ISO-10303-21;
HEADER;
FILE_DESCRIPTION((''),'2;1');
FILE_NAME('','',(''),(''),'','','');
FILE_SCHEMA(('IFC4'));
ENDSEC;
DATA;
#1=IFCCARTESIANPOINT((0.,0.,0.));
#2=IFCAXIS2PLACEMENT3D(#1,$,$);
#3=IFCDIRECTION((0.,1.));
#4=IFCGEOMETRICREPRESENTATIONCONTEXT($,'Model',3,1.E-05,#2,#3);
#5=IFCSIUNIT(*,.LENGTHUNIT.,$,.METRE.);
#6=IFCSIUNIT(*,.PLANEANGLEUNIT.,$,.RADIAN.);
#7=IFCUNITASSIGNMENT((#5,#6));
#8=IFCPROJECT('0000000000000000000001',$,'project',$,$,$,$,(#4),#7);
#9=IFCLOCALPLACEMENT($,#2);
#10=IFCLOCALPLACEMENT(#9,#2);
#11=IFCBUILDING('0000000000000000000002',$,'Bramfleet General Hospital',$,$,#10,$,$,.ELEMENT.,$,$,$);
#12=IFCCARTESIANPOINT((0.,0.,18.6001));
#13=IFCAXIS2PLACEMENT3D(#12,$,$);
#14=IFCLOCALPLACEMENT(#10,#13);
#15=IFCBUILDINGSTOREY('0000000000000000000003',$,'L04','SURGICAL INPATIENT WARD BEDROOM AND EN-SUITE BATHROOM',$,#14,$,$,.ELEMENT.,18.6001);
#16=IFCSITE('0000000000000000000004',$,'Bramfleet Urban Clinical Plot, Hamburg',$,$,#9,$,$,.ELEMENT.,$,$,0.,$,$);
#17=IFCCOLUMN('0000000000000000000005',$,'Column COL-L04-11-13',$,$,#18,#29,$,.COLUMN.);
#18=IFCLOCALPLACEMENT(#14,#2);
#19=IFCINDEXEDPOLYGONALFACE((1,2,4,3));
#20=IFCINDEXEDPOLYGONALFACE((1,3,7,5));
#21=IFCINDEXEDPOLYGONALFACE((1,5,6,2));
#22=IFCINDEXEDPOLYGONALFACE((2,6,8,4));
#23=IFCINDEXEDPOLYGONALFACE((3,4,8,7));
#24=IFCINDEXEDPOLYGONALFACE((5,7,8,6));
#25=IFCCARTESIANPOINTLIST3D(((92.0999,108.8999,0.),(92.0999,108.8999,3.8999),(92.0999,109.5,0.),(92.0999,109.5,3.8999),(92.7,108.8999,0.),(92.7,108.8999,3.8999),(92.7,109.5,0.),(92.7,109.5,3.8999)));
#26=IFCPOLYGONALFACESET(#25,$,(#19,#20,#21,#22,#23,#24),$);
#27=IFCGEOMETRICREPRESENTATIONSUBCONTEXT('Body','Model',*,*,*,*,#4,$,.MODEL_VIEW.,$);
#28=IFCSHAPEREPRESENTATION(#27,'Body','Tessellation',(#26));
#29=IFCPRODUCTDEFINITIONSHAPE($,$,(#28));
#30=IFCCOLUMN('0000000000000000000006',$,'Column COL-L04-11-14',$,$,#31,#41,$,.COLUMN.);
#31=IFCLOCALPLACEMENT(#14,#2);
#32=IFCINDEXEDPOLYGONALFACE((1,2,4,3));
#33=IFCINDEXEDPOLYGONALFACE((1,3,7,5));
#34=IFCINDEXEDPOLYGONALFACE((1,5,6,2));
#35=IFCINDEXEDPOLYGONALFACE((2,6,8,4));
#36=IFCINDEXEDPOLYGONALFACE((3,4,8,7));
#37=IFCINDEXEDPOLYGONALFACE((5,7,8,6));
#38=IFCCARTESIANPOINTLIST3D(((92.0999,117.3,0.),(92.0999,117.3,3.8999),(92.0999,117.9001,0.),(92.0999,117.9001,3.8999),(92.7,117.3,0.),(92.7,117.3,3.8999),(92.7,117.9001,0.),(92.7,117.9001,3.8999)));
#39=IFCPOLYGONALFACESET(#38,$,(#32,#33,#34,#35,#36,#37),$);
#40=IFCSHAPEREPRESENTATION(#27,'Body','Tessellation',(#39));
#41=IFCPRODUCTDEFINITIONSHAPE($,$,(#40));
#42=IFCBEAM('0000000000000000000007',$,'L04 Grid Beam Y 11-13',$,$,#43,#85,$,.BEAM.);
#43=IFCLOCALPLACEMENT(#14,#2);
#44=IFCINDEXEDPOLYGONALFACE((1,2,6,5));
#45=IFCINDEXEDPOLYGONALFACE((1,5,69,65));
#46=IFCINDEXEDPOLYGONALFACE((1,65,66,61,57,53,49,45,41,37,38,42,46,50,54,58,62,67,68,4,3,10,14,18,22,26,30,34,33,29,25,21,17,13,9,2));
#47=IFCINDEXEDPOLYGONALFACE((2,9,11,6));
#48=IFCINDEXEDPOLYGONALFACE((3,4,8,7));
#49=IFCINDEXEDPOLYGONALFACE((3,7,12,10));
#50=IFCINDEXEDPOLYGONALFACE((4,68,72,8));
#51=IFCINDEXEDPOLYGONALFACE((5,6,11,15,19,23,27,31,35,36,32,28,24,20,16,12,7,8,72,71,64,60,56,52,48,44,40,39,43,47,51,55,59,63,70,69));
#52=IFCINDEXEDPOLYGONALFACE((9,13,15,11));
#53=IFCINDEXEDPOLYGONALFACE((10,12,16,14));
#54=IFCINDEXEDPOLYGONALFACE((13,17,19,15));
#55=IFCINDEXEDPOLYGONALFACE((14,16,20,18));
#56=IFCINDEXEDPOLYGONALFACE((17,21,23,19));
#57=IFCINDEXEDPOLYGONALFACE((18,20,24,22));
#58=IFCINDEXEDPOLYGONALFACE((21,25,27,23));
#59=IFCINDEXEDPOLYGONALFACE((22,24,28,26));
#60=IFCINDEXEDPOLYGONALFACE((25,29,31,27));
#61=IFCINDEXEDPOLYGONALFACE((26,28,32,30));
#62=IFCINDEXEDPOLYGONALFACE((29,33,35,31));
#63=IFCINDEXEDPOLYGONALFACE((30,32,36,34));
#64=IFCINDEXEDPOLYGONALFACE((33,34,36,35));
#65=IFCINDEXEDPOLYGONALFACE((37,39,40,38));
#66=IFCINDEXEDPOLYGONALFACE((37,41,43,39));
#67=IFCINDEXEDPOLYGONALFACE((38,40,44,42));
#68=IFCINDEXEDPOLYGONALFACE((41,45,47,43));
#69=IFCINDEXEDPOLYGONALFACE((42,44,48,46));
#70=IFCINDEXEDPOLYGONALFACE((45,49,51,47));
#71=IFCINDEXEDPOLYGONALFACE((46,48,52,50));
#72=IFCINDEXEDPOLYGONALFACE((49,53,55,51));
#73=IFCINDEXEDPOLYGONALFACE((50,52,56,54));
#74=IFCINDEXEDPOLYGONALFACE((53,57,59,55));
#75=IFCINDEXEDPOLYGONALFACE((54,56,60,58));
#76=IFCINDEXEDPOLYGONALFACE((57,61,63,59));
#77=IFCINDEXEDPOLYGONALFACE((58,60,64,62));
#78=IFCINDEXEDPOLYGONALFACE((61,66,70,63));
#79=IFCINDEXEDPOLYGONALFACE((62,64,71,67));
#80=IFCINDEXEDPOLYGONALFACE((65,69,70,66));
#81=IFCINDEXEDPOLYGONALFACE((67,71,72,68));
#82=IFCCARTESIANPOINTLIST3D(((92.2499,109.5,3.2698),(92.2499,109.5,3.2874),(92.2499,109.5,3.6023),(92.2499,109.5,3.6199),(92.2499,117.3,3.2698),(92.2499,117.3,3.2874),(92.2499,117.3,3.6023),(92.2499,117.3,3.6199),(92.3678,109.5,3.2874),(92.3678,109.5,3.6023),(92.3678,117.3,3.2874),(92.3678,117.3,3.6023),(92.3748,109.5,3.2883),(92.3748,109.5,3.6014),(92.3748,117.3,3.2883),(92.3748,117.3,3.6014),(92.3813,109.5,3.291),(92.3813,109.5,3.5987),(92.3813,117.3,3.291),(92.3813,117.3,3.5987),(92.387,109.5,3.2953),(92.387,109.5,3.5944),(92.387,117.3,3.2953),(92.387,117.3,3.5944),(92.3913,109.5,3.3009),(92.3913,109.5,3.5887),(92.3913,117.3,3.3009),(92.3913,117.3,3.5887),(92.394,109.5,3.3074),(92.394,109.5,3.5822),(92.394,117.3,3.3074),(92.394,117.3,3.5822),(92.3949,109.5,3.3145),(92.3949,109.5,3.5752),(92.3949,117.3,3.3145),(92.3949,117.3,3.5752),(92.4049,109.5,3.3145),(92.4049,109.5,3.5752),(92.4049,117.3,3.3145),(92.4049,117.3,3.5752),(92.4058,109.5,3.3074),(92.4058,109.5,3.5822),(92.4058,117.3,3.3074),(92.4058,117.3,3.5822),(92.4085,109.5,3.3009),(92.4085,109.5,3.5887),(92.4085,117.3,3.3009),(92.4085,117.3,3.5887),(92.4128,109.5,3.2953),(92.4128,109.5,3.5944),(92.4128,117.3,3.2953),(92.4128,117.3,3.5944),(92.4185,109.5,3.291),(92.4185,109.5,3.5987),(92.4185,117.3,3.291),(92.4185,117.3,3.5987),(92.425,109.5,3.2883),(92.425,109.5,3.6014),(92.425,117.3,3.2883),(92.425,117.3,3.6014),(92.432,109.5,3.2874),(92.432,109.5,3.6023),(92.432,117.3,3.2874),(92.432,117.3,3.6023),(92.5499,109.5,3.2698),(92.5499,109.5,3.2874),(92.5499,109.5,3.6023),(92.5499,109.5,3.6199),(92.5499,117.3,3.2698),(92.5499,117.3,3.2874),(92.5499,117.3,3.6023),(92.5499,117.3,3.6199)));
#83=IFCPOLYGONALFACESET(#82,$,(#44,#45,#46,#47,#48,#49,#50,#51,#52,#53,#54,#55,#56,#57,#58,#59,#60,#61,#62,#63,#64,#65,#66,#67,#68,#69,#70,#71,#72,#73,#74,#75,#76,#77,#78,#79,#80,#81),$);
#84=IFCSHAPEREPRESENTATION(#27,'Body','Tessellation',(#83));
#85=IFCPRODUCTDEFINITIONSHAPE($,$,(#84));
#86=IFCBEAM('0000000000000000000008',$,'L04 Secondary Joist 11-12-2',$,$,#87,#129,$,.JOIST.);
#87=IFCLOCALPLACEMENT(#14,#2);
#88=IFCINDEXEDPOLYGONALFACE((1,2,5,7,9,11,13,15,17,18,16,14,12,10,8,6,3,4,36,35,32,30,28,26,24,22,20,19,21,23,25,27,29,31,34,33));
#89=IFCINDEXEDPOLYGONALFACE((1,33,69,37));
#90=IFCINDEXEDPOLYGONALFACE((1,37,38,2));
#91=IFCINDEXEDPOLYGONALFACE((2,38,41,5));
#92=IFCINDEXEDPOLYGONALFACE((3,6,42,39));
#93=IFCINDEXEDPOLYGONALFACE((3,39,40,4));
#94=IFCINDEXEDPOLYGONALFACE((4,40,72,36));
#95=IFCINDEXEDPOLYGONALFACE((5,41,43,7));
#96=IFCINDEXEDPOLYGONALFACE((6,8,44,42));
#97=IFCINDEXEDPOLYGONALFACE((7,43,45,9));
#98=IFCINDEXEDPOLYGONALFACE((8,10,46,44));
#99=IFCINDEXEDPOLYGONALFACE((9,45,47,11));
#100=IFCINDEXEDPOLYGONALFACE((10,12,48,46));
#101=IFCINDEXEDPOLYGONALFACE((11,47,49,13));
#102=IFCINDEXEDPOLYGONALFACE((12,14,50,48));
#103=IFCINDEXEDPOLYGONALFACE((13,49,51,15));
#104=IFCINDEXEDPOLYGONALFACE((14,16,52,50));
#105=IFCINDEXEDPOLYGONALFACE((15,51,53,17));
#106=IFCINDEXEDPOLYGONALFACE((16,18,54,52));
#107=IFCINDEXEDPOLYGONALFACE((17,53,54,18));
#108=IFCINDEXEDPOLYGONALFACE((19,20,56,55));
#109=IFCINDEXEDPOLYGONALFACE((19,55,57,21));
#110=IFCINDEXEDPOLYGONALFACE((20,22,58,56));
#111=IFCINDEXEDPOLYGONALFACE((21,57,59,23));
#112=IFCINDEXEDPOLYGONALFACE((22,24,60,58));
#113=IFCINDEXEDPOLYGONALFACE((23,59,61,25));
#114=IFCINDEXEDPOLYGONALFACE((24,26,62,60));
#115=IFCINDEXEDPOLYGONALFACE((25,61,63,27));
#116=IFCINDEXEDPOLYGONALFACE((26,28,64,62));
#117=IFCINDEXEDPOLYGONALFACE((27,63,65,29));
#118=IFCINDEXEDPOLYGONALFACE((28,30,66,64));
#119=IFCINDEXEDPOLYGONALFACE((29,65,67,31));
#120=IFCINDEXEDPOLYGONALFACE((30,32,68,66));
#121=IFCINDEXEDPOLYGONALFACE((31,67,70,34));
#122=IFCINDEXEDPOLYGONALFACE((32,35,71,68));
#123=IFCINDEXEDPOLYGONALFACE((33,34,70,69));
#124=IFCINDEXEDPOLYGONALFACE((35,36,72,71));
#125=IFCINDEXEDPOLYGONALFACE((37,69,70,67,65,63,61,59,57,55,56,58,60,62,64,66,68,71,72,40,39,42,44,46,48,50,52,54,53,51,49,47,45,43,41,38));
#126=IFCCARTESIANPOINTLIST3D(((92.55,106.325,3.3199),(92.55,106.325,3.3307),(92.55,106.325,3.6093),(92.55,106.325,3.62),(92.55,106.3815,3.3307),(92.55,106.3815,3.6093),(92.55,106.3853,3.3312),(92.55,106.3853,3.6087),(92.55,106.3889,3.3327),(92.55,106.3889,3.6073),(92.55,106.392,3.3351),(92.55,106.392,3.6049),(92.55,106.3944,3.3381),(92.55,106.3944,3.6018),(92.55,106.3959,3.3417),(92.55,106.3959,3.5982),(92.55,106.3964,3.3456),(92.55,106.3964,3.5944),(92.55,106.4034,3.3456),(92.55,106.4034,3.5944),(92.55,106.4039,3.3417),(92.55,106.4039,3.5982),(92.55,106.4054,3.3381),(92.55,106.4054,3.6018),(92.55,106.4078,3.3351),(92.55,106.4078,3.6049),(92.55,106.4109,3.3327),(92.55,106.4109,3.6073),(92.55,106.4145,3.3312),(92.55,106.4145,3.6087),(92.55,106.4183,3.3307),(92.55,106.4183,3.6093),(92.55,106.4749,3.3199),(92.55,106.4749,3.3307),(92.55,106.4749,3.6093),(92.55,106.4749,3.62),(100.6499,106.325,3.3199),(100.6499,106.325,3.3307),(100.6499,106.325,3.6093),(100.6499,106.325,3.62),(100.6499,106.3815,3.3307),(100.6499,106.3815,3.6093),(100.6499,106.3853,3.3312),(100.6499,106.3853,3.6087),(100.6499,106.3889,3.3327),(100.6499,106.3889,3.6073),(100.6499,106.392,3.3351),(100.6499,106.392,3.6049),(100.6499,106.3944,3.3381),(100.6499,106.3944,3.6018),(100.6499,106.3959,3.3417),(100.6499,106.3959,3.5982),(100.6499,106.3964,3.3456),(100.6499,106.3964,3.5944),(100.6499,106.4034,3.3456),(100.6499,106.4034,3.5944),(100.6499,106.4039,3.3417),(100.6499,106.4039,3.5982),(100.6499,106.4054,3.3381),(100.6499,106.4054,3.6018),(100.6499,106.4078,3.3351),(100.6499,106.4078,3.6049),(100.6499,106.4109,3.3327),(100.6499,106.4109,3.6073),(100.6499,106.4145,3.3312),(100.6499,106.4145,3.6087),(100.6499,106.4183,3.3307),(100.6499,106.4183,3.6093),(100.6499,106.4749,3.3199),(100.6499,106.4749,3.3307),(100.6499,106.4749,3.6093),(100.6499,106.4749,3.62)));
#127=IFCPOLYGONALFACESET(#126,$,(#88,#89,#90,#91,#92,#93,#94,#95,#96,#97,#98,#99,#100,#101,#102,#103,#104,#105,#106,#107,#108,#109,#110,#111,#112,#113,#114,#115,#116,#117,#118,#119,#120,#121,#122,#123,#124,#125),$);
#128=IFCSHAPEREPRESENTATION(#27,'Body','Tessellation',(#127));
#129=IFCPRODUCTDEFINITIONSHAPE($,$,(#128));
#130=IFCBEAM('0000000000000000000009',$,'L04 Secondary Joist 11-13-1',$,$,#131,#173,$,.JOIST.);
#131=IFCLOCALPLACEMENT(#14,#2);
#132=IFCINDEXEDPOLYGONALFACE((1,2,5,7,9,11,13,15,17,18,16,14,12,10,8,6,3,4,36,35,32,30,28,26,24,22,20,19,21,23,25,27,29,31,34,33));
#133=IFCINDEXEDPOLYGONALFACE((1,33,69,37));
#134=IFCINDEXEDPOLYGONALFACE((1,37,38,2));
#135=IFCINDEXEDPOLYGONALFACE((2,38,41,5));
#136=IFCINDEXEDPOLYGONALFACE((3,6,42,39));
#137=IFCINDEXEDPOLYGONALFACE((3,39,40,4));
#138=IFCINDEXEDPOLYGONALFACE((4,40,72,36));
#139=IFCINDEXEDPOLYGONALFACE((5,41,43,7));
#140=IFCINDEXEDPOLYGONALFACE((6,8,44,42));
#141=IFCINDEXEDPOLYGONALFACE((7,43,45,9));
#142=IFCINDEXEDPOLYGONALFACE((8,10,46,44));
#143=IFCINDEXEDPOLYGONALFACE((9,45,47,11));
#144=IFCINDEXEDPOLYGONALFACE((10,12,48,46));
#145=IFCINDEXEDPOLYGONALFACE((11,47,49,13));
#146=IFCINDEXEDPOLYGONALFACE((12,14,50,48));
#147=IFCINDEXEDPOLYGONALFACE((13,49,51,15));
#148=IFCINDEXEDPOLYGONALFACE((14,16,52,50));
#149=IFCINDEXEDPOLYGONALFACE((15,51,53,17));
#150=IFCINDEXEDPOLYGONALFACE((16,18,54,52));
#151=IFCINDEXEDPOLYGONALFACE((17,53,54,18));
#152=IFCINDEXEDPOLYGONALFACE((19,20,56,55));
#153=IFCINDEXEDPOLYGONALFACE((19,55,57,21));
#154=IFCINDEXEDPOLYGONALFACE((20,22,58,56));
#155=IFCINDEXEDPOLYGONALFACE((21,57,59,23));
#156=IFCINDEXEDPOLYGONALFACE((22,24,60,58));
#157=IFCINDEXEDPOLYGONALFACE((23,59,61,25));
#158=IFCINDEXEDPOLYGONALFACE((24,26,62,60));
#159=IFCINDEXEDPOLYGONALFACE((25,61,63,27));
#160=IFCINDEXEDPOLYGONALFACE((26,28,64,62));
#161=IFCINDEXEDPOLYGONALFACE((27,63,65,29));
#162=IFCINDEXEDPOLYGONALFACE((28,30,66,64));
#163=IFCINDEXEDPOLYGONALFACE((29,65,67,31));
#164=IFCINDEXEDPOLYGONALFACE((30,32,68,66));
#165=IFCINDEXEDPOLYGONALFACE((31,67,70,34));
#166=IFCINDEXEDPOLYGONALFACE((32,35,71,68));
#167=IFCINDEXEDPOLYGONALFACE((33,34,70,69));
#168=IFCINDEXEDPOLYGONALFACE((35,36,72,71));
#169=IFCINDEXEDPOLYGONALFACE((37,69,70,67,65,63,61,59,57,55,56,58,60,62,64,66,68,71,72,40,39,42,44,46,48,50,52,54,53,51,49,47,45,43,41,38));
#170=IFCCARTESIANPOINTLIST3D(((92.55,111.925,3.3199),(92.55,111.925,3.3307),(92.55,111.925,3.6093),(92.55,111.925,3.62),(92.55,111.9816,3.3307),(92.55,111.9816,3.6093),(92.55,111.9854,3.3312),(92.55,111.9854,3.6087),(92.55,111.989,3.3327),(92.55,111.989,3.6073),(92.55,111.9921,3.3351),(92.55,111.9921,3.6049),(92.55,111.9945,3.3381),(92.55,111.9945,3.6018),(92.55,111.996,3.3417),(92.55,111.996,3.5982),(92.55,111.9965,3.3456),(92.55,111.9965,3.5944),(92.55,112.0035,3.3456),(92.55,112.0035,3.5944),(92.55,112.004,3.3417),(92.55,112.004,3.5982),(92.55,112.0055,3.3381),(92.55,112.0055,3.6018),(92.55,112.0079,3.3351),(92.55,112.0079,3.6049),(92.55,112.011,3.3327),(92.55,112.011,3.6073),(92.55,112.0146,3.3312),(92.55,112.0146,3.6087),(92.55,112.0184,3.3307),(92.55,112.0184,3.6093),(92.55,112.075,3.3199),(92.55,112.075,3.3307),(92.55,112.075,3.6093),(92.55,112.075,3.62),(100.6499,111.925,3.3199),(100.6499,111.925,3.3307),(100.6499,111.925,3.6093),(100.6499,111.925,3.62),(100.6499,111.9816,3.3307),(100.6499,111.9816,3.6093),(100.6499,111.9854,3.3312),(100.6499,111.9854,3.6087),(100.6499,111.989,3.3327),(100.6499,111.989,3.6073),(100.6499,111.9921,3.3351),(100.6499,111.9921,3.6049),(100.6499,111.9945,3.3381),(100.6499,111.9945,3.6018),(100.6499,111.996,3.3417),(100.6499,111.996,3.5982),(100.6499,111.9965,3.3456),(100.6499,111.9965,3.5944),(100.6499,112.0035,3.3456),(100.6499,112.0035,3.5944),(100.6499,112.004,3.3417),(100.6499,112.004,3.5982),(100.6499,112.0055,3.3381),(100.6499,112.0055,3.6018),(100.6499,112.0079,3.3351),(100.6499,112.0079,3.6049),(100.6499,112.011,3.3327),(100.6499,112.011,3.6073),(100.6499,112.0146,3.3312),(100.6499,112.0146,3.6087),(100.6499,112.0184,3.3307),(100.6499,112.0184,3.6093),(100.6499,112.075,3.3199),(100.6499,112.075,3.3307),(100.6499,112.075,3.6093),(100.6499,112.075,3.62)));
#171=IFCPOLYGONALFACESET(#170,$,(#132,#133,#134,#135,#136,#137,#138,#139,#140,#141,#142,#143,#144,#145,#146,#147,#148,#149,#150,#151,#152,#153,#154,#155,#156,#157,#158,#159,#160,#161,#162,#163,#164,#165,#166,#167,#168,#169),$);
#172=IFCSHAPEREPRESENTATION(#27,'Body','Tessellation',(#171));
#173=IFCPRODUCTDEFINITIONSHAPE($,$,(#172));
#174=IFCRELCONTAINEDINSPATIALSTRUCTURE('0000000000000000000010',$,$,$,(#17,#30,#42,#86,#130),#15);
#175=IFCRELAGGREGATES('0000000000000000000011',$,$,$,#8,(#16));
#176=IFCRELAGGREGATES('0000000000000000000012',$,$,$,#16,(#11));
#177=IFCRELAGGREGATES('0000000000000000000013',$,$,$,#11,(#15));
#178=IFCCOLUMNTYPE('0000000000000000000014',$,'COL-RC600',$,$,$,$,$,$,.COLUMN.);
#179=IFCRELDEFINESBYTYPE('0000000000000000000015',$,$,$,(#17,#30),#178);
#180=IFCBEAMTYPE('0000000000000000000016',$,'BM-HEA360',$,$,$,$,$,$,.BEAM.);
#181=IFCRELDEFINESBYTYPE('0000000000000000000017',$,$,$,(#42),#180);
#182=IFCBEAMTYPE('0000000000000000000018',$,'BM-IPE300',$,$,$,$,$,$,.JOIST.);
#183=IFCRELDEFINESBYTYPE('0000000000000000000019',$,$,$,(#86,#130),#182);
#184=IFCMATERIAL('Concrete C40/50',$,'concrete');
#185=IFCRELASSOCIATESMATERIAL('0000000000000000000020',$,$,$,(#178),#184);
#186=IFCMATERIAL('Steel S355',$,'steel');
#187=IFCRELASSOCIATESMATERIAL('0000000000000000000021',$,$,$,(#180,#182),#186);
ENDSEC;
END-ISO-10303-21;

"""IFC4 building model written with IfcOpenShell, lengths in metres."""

from ifc_helpers import new_model, si_unit, direction, frame, origin, origin_2d, place, context, subcontext, project, spatial, rectangle, i_section, extrude, material, material_profile, profile_set, type_object, element, save


model = new_model("IFC4")

# Units and contexts
model_context = context("Model", 3, precision=1e-05, world=origin(), true_north=direction((0.0, 1.0)))
body_context = subcontext(model_context, "Body", "Model", "MODEL_VIEW")
ifc_project = project(units=[si_unit("LENGTHUNIT", "METRE"), si_unit("PLANEANGLEUNIT", "RADIAN")], contexts=[model_context])

# Site, building, storey
site_placement = place(None, origin())
site = spatial("IfcSite", under=ifc_project, at=site_placement, Name="Bramfleet Urban Clinical Plot, Hamburg", CompositionType="ELEMENT", RefElevation=0.0)
building_placement = place(site_placement, origin())
building = spatial("IfcBuilding", under=site, at=building_placement, Name="Bramfleet General Hospital", CompositionType="ELEMENT")
storey_placement = place(building_placement, frame((0.0, 0.0, 18.6001)))
storey = spatial("IfcBuildingStorey", under=building, at=storey_placement, Name="L04", Description="SURGICAL INPATIENT WARD BEDROOM AND EN-SUITE BATHROOM", CompositionType="ELEMENT", Elevation=18.6001)

# Columns
ifc_material_1 = material(Name="Concrete C40/50", Category="concrete")
ifc_material_profile_1 = material_profile(ifc_material_1, rectangle(XDim=0.6001, YDim=0.6001, at=origin_2d()), Name="RC COL 600x600")
ifc_profile_set_1 = profile_set([ifc_material_profile_1], Name="Concrete C40/50")
column_type = type_object("IfcColumnType", Name="COL-RC600", PredefinedType="COLUMN", material=ifc_profile_set_1)
for number, where, z_axis, x_axis, name in (
    (1, (92.3999, 109.2, 0.0), (0.0, 0.0, 1.0), (1.0, 0.0, 0.0), "Column COL-L04-11-13"),
    (2, (92.3999, 117.6001, 0.0), (0.0, 0.0, 1.0), (1.0, 0.0, 0.0), "Column COL-L04-11-14"),
):
    element("IfcColumn", number, at=place(storey_placement, frame(where, z_axis=z_axis, x_axis=x_axis)), inside=storey, type_object=column_type, Name=name, PredefinedType="COLUMN", context=body_context, shape_type="SweptSolid", body=[
        extrude(rectangle(XDim=0.6001, YDim=0.6001, at=origin_2d()), origin(), (0.0, 0.0, 1.0), 3.8999),
    ])

# Beams
ifc_material_2 = material(Name="Steel S355", Category="steel")
ifc_material_profile_2 = material_profile(ifc_material_2, i_section(OverallWidth=0.3, OverallDepth=0.3501, WebThickness=0.01, FlangeThickness=0.0176, FilletRadius=0.0271, at=origin_2d()), Name="HEA 360")
ifc_profile_set_2 = profile_set([ifc_material_profile_2], Name="Steel S355")
beam_type_1 = type_object("IfcBeamType", Name="BM-HEA360", PredefinedType="BEAM", material=ifc_profile_set_2)
beam_1_placement = place(storey_placement, frame((92.3999, 109.5, 3.4448), z_axis=(0.0, 1.0, 0.0), x_axis=(-1.0, 0.0, 0.0)))
element("IfcBeam", 3, at=beam_1_placement, inside=storey, type_object=beam_type_1, Name="L04 Grid Beam Y 11-13", PredefinedType="BEAM", context=body_context, shape_type="SweptSolid", body=[
    extrude(i_section(OverallWidth=0.3, OverallDepth=0.3501, WebThickness=0.01, FlangeThickness=0.0176, FilletRadius=0.0271, at=origin_2d()), origin(), (0.0, 0.0, 1.0), 7.8),
])
ifc_material_profile_3 = material_profile(ifc_material_2, i_section(OverallWidth=0.1499, OverallDepth=0.3, WebThickness=0.0071, FlangeThickness=0.0107, FilletRadius=0.0149, at=origin_2d()), Name="IPE 300")
ifc_profile_set_3 = profile_set([ifc_material_profile_3], Name="Steel S355")
beam_type_2 = type_object("IfcBeamType", Name="BM-IPE300", PredefinedType="JOIST", material=ifc_profile_set_3)
for number, where, z_axis, x_axis, name in (
    (4, (92.55, 106.3999, 3.47), (1.0, 0.0, 0.0), (0.0, 1.0, 0.0), "L04 Secondary Joist 11-12-2"),
    (5, (92.55, 112.0, 3.47), (1.0, 0.0, 0.0), (0.0, 1.0, 0.0), "L04 Secondary Joist 11-13-1"),
):
    element("IfcBeam", number, at=place(storey_placement, frame(where, z_axis=z_axis, x_axis=x_axis)), inside=storey, type_object=beam_type_2, Name=name, PredefinedType="JOIST", context=body_context, shape_type="SweptSolid", body=[
        extrude(i_section(OverallWidth=0.1499, OverallDepth=0.3, WebThickness=0.0071, FlangeThickness=0.0107, FilletRadius=0.0149, at=origin_2d()), origin(), (0.0, 0.0, 1.0), 8.0999),
    ])

save(model, "model.ifc")
